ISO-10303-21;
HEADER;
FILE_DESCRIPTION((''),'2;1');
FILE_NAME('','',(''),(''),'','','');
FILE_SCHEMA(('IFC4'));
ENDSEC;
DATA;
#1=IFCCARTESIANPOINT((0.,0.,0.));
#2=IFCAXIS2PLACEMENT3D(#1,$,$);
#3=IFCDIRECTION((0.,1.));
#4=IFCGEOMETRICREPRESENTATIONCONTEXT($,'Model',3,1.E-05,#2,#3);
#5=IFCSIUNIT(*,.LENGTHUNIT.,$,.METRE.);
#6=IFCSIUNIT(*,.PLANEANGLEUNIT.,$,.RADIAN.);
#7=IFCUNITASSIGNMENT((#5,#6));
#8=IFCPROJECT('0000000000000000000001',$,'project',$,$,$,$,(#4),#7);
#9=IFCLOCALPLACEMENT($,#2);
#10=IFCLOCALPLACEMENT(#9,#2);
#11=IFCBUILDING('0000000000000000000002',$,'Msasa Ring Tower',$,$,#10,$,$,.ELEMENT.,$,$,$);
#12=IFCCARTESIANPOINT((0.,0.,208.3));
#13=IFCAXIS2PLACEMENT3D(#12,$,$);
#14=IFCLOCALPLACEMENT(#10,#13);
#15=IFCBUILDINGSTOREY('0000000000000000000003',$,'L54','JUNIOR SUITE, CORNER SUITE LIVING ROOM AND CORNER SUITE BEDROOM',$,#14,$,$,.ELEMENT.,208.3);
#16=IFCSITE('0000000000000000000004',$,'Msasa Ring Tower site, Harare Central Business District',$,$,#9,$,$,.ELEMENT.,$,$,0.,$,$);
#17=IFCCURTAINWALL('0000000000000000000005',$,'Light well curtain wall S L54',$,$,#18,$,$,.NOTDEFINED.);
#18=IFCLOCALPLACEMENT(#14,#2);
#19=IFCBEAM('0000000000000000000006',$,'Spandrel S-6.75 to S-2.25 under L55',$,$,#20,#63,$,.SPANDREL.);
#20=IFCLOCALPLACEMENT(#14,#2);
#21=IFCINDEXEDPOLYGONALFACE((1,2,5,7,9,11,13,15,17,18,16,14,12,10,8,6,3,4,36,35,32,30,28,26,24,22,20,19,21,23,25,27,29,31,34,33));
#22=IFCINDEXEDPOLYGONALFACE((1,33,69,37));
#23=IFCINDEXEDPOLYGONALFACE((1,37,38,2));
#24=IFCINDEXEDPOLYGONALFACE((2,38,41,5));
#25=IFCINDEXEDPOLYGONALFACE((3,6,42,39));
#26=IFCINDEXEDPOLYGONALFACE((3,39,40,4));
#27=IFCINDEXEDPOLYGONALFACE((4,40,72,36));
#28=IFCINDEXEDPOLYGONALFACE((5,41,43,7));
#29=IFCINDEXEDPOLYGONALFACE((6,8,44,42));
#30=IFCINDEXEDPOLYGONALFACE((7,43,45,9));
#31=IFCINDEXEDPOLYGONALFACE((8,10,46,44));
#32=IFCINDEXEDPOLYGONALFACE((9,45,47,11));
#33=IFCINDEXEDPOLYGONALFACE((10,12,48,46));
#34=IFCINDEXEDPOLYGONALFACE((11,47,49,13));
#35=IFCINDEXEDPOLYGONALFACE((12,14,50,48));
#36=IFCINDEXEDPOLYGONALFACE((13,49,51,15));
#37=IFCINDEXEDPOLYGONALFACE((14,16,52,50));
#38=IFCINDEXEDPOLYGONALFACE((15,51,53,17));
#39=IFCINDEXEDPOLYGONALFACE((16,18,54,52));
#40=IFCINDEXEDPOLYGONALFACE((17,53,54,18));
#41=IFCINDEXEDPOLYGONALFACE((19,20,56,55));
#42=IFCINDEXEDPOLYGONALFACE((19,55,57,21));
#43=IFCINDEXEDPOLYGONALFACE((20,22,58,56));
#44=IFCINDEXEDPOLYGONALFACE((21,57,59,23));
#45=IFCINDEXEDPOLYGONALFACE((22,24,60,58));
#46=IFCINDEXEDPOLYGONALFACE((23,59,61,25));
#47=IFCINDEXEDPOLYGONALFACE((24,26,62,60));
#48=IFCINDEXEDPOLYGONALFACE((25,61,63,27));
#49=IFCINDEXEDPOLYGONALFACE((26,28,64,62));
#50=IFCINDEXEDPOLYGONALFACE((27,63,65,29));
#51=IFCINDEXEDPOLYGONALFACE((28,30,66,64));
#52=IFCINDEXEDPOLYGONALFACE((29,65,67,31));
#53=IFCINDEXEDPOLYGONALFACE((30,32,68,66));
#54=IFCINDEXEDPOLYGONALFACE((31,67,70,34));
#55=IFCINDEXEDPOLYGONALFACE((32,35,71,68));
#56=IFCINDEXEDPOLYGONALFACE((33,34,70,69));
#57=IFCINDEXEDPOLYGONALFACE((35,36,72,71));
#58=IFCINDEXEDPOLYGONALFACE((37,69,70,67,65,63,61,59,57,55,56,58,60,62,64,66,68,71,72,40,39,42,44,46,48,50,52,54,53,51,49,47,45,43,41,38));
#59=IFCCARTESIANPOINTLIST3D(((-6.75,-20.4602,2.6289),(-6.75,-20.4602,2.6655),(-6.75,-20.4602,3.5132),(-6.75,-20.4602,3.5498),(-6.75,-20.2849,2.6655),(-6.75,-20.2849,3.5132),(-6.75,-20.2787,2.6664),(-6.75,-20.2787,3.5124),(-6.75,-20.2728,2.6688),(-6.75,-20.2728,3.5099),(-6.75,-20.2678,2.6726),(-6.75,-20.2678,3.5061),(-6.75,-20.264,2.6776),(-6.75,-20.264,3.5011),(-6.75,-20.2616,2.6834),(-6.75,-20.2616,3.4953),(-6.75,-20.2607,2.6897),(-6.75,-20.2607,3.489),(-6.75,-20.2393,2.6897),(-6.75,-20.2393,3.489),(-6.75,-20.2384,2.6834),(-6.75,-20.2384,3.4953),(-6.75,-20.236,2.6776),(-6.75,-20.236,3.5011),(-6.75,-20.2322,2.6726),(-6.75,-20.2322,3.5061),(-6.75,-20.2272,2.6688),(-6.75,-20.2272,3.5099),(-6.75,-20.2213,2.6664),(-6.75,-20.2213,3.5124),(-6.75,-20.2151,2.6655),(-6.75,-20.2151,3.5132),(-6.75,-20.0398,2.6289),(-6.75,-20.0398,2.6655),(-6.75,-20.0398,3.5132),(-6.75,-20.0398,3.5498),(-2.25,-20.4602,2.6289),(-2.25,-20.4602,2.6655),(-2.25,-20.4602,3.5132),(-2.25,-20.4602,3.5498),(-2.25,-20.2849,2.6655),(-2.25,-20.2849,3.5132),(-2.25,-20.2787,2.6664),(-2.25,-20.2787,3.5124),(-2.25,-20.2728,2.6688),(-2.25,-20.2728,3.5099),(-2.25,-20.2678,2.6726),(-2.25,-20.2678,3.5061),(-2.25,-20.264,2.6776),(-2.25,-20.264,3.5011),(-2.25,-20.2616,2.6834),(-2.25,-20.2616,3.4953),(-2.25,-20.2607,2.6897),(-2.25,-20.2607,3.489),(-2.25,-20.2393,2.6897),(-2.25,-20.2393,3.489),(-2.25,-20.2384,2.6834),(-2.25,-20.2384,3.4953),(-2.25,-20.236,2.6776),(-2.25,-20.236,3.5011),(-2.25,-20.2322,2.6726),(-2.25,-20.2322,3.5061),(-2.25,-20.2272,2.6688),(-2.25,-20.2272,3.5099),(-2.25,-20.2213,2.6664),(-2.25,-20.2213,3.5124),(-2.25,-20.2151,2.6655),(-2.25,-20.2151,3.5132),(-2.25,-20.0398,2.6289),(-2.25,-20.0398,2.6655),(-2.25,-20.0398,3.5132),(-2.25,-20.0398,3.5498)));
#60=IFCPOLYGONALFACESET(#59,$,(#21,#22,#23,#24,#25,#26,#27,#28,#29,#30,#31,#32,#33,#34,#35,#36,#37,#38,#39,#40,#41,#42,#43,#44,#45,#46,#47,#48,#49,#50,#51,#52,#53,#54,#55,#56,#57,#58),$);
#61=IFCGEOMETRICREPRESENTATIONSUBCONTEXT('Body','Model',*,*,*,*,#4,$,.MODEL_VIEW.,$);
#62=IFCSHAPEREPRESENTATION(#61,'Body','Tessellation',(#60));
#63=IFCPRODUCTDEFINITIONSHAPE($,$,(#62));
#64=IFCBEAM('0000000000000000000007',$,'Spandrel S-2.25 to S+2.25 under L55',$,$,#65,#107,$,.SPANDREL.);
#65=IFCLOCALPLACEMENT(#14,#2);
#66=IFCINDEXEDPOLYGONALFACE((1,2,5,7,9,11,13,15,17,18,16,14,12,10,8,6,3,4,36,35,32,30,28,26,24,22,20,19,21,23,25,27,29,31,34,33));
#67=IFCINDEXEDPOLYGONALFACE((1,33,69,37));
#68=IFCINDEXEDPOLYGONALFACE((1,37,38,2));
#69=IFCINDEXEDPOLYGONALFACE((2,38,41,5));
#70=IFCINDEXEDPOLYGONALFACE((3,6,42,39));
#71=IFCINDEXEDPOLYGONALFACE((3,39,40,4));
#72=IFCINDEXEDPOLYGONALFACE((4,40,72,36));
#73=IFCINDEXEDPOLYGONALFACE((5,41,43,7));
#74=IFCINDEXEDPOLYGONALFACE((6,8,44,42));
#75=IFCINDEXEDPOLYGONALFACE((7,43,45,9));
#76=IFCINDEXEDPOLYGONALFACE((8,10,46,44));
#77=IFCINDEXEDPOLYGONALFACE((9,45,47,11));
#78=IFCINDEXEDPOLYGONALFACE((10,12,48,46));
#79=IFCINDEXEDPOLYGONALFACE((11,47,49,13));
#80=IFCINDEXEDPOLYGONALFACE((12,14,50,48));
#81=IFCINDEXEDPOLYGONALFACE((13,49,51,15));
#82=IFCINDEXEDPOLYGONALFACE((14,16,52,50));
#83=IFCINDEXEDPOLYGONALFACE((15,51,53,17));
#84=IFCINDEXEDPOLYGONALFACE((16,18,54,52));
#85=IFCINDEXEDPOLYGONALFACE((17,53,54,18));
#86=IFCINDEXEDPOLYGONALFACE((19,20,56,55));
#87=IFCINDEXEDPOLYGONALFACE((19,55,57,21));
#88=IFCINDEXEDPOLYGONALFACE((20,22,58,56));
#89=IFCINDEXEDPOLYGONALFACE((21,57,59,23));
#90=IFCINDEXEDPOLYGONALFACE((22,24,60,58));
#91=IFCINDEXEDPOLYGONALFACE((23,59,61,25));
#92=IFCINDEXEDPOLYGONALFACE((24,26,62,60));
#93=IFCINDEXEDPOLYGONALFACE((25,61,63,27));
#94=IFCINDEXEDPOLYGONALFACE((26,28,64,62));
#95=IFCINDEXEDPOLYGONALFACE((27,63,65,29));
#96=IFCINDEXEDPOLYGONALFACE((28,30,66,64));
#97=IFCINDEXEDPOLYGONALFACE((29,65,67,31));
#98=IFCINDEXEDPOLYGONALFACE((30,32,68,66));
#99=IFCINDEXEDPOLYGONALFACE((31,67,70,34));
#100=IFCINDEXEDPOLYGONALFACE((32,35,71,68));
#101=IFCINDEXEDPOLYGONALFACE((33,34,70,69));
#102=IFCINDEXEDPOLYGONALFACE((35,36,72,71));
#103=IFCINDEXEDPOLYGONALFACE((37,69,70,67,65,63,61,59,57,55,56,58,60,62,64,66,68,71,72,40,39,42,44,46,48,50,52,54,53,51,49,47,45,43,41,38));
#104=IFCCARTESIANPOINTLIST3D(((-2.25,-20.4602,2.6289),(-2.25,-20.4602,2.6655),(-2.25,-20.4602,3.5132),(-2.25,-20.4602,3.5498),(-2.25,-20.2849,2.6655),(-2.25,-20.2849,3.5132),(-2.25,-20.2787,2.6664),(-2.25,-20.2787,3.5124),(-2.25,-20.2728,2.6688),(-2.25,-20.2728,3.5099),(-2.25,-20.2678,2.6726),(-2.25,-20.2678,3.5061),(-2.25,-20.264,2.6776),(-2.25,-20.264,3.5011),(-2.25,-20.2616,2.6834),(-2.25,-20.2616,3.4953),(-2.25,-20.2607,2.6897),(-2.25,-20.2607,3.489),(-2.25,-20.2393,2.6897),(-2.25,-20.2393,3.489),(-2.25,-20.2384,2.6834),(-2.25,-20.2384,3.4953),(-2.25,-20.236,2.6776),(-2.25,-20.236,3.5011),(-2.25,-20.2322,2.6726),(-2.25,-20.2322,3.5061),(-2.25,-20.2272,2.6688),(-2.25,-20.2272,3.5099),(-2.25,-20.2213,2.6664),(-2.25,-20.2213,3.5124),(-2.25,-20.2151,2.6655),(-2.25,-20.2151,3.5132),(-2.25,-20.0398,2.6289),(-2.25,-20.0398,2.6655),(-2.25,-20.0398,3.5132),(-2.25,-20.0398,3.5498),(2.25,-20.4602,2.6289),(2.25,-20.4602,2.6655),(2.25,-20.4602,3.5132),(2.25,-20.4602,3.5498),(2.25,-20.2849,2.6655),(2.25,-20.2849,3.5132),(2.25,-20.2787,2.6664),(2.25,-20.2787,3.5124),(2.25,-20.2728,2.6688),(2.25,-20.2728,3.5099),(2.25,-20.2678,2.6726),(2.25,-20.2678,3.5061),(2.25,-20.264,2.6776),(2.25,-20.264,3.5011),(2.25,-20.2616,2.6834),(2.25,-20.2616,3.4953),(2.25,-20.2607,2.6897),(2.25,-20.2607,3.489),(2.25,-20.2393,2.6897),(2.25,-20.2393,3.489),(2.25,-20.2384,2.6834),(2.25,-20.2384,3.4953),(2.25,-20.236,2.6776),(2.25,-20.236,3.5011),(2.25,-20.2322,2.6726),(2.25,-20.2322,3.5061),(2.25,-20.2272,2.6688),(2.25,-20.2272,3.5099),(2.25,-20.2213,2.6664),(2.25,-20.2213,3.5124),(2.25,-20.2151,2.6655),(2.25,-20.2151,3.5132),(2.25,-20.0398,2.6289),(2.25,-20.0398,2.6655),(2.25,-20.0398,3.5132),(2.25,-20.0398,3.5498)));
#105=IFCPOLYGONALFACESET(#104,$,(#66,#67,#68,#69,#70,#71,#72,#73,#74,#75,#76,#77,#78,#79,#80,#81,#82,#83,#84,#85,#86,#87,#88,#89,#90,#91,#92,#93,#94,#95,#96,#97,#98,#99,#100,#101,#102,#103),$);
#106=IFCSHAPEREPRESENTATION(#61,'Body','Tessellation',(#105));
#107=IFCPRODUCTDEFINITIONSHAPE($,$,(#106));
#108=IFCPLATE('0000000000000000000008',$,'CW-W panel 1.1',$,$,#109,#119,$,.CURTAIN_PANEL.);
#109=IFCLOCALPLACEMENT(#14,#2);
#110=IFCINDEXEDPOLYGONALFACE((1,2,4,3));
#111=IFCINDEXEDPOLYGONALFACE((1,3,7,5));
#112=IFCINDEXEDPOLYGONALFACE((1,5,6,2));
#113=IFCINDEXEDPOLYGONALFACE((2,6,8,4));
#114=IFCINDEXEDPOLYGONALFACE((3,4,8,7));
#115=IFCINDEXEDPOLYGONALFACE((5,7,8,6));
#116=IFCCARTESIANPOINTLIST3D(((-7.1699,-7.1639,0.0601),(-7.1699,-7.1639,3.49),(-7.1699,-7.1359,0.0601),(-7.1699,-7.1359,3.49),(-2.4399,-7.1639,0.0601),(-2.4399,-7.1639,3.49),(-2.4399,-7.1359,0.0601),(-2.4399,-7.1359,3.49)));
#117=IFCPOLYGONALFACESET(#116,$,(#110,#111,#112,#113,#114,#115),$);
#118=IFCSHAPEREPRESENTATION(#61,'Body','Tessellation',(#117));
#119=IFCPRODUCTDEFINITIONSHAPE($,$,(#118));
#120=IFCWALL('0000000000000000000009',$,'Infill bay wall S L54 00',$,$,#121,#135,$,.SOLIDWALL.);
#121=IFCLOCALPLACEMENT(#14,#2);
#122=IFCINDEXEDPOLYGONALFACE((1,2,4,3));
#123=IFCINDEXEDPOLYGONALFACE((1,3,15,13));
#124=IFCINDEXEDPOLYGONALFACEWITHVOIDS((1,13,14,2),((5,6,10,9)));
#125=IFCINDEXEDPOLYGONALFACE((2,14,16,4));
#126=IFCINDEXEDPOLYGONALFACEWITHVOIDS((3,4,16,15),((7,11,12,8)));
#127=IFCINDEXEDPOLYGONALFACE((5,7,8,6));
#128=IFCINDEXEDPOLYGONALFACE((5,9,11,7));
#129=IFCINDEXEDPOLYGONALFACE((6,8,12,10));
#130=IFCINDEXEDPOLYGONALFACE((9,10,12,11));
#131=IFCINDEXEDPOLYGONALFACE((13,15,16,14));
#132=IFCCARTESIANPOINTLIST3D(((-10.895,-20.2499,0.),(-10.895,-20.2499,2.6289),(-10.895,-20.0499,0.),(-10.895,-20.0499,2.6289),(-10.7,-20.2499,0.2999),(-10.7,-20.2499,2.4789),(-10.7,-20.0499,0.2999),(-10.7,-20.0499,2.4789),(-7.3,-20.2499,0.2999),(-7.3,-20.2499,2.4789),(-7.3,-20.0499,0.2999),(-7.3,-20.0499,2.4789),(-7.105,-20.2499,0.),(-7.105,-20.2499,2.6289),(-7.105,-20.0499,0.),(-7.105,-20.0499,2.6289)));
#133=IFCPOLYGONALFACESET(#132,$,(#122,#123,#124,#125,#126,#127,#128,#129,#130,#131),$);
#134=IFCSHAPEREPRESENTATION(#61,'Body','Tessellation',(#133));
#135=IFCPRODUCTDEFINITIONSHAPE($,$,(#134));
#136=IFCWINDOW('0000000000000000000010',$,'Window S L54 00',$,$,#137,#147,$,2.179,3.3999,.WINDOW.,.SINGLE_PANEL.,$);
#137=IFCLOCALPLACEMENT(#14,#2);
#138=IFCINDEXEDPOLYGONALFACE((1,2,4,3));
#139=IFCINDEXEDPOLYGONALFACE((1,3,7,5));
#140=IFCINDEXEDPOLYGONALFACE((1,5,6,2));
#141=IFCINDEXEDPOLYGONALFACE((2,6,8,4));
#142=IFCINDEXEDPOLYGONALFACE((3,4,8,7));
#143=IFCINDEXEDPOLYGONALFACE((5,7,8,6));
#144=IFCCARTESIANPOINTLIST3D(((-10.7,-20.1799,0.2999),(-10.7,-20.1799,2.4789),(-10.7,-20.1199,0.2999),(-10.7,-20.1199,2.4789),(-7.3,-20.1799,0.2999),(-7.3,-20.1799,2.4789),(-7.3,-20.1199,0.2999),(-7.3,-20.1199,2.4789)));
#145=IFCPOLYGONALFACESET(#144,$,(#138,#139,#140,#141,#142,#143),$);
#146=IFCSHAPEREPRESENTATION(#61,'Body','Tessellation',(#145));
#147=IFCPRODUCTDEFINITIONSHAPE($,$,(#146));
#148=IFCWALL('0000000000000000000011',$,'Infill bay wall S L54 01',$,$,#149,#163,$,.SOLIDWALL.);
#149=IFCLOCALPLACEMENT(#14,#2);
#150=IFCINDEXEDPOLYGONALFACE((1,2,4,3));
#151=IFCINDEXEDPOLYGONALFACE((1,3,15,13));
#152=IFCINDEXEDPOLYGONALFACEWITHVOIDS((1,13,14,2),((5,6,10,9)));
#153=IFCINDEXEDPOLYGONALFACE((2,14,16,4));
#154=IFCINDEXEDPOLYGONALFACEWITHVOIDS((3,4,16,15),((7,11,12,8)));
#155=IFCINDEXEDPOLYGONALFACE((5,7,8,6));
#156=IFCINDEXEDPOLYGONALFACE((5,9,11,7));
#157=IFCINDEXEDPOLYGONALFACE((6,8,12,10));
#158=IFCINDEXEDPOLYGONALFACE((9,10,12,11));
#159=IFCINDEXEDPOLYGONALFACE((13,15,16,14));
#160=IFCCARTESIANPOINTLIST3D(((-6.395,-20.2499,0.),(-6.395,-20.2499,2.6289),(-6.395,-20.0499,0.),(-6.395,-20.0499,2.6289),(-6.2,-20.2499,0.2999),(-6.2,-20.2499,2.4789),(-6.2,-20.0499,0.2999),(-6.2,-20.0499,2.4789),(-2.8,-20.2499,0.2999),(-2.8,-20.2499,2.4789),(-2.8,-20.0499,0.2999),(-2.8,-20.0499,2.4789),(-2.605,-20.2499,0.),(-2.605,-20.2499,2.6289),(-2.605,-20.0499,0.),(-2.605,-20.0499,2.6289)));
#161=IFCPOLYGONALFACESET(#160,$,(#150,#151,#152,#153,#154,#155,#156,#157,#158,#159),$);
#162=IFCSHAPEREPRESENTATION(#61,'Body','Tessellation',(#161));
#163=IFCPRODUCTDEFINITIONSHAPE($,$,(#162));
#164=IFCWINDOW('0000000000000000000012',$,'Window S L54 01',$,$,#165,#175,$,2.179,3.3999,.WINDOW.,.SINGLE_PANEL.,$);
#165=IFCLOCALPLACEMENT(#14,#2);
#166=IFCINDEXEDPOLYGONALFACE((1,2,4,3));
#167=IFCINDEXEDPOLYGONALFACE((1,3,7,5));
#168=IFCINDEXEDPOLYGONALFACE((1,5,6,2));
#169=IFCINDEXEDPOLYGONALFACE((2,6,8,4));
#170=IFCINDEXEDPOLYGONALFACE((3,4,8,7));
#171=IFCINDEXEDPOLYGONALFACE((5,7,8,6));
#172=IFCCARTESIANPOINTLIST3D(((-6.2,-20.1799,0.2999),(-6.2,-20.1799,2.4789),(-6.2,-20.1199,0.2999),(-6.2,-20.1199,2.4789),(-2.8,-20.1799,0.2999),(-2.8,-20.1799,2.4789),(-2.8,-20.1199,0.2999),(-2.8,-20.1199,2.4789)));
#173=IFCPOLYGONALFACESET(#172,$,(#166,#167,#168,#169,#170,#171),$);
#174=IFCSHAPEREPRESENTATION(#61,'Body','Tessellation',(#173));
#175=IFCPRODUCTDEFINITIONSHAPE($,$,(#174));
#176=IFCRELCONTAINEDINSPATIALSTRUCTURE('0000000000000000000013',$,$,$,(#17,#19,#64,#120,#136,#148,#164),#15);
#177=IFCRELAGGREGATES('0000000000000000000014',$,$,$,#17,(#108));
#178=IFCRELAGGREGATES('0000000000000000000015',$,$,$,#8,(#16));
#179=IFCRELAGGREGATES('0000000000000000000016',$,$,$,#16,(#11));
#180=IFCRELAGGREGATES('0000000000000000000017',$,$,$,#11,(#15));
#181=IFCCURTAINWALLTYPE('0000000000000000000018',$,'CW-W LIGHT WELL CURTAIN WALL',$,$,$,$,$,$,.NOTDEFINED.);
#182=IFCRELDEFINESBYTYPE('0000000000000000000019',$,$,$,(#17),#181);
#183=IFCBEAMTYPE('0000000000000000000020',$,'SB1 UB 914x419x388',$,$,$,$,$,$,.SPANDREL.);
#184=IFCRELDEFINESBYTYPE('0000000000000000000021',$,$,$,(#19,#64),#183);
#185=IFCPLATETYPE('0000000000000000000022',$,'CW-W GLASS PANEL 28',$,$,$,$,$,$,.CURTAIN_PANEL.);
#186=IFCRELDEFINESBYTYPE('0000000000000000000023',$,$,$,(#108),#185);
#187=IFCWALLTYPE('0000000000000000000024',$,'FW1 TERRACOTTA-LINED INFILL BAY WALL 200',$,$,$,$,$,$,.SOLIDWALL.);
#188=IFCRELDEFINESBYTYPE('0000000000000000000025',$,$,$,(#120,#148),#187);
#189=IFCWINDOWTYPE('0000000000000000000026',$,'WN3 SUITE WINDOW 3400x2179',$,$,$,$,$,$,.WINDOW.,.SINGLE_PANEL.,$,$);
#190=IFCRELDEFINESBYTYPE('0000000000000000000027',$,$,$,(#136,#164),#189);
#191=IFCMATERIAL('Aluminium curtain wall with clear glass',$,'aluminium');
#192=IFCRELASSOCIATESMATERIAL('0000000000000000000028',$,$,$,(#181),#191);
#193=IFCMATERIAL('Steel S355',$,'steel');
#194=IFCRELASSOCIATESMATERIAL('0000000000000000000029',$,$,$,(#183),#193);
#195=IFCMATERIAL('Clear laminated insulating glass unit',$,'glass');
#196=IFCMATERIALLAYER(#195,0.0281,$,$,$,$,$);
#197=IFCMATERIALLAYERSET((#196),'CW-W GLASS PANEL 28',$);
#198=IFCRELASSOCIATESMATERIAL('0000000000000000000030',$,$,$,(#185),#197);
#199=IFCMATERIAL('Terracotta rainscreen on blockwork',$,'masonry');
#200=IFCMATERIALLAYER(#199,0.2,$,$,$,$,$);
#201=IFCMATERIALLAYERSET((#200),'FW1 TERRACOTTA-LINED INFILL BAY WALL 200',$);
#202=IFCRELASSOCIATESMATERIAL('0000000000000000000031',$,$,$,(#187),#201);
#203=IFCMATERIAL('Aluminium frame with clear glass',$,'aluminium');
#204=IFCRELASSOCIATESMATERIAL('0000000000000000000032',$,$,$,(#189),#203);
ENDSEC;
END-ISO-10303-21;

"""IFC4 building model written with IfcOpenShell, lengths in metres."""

from ifc_helpers import new_model, si_unit, direction, frame, frame_2d, origin, origin_2d, place, context, subcontext, project, spatial, rectangle, i_section, extrude, material, layer, layer_set, material_profile, profile_set, type_object, element, fill, aggregate, save


model = new_model("IFC4")

# Units and contexts
model_context = context("Model", 3, precision=1e-05, world=origin(), true_north=direction((0.0, 1.0)))
body_context = subcontext(model_context, "Body", "Model", "MODEL_VIEW")
ifc_project = project(units=[si_unit("LENGTHUNIT", "METRE"), si_unit("PLANEANGLEUNIT", "RADIAN")], contexts=[model_context])

# Site, building, storey
site_placement = place(None, origin())
site = spatial("IfcSite", under=ifc_project, at=site_placement, Name="Msasa Ring Tower site, Harare Central Business District", CompositionType="ELEMENT", RefElevation=0.0)
building_placement = place(site_placement, origin())
building = spatial("IfcBuilding", under=site, at=building_placement, Name="Msasa Ring Tower", CompositionType="ELEMENT")
storey_placement = place(building_placement, frame((0.0, 0.0, 208.3)))
storey = spatial("IfcBuildingStorey", under=building, at=storey_placement, Name="L54", Description="JUNIOR SUITE, CORNER SUITE LIVING ROOM AND CORNER SUITE BEDROOM", CompositionType="ELEMENT", Elevation=208.3)

# Curtain wall
ifc_material_1 = material(Name="Aluminium curtain wall with clear glass", Category="aluminium")
curtain_wall_type = type_object("IfcCurtainWallType", Name="CW-W LIGHT WELL CURTAIN WALL", PredefinedType="NOTDEFINED", material=ifc_material_1)
curtain_wall_placement = place(storey_placement, origin())
curtain_wall = element("IfcCurtainWall", 1, at=curtain_wall_placement, inside=storey, type_object=curtain_wall_type, Name="Light well curtain wall S L54", PredefinedType="NOTDEFINED")

# Beams
ifc_material_2 = material(Name="Steel S355", Category="steel")
ifc_material_profile_1 = material_profile(ifc_material_2, i_section(OverallWidth=0.4204, OverallDepth=0.9209, WebThickness=0.0215, FlangeThickness=0.0366, FilletRadius=0.0242, at=origin_2d()), Name="UB 914x419x388")
ifc_profile_set_1 = profile_set([ifc_material_profile_1], Name="Steel S355")
beam_type_1 = type_object("IfcBeamType", Name="SB1 UB 914x419x388", PredefinedType="SPANDREL", material=ifc_profile_set_1)
for number, where, z_axis, x_axis, name in (
    (2, (-6.75, -20.25, 3.0894), (1.0, 0.0, 0.0), (0.0, 1.0, 0.0), "Spandrel S-6.75 to S-2.25 under L55"),
    (3, (-2.25, -20.25, 3.0894), (1.0, 0.0, 0.0), (0.0, 1.0, 0.0), "Spandrel S-2.25 to S+2.25 under L55"),
):
    element("IfcBeam", number, at=place(storey_placement, frame(where, z_axis=z_axis, x_axis=x_axis)), inside=storey, type_object=beam_type_1, Name=name, PredefinedType="SPANDREL", context=body_context, shape_type="SweptSolid", body=[
        extrude(i_section(OverallWidth=0.4204, OverallDepth=0.9209, WebThickness=0.0215, FlangeThickness=0.0366, FilletRadius=0.0242, at=origin_2d()), origin(), (0.0, 0.0, 1.0), 4.5),
    ])

# Plate
ifc_material_3 = material(Name="Clear laminated insulating glass unit", Category="glass")
ifc_layer_1 = layer(ifc_material_3, 0.0281)
ifc_layer_set_1 = layer_set([ifc_layer_1], Name="CW-W GLASS PANEL 28")
plate_type = type_object("IfcPlateType", Name="CW-W GLASS PANEL 28", PredefinedType="CURTAIN_PANEL", material=ifc_layer_set_1)
plate_placement = place(storey_placement, frame((-4.8049, -7.1499, 0.0601), z_axis=(0.0, 0.0, 1.0), x_axis=(1.0, 0.0, 0.0)))
plate = element("IfcPlate", 4, at=plate_placement, type_object=plate_type, Name="CW-W panel 1.1", PredefinedType="CURTAIN_PANEL", context=body_context, shape_type="SweptSolid", body=[
    extrude(rectangle(XDim=4.73, YDim=0.0281, at=origin_2d()), origin(), (0.0, 0.0, 1.0), 3.4299),
])
aggregate(curtain_wall, [plate])

# Walls, openings, windows
ifc_material_4 = material(Name="Terracotta rainscreen on blockwork", Category="masonry")
ifc_layer_2 = layer(ifc_material_4, 0.2)
ifc_layer_set_2 = layer_set([ifc_layer_2], Name="FW1 TERRACOTTA-LINED INFILL BAY WALL 200")
wall_type_1 = type_object("IfcWallType", Name="FW1 TERRACOTTA-LINED INFILL BAY WALL 200", PredefinedType="SOLIDWALL", material=ifc_layer_set_2)
wall_1_placement = place(storey_placement, frame((-10.895, -20.1499, 0.0), z_axis=(0.0, 0.0, 1.0), x_axis=(1.0, 0.0, 0.0)))
wall_1 = element("IfcWall", 5, at=wall_1_placement, inside=storey, type_object=wall_type_1, Name="Infill bay wall S L54 00", PredefinedType="SOLIDWALL", context=body_context, shape_type="SweptSolid", body=[
    extrude(rectangle(XDim=3.79, YDim=0.2, at=frame_2d((1.895, 0.0))), origin(), (0.0, 0.0, 1.0), 2.6289),
])
opening_1_placement = place(wall_1_placement, frame((0.1951, 0.0, 0.3)))
opening_1 = element("IfcOpeningElement", 6, at=opening_1_placement, cuts=wall_1, PredefinedType="OPENING", context=body_context, shape_type="SweptSolid", body=[
    extrude(rectangle(XDim=3.3999, YDim=2.179, at=frame_2d((1.7, 1.0894))), frame((0.0, 0.1099, 0.0), z_axis=(0.0, -1.0, 0.0), x_axis=(1.0, 0.0, 0.0)), (0.0, 0.0, 1.0), 0.22),
])
ifc_material_5 = material(Name="Aluminium frame with clear glass", Category="aluminium")
window_type = type_object("IfcWindowType", Name="WN3 SUITE WINDOW 3400x2179", PartitioningType="SINGLE_PANEL", PredefinedType="WINDOW", material=ifc_material_5)
window_1_placement = place(opening_1_placement, origin())
window_1 = element("IfcWindow", 7, at=window_1_placement, inside=storey, type_object=window_type, Name="Window S L54 00", OverallHeight=2.179, OverallWidth=3.3999, PartitioningType="SINGLE_PANEL", PredefinedType="WINDOW", context=body_context, shape_type="SweptSolid", body=[
    extrude(rectangle(XDim=3.3999, YDim=2.179, at=frame_2d((1.7, 1.0894))), frame((0.0, 0.03, 0.0), z_axis=(0.0, -1.0, 0.0), x_axis=(1.0, 0.0, 0.0)), (0.0, 0.0, 1.0), 0.0601),
])
fill(opening_1, window_1)
wall_2_placement = place(storey_placement, frame((-6.395, -20.1499, 0.0), z_axis=(0.0, 0.0, 1.0), x_axis=(1.0, 0.0, 0.0)))
wall_2 = element("IfcWall", 8, at=wall_2_placement, inside=storey, type_object=wall_type_1, Name="Infill bay wall S L54 01", PredefinedType="SOLIDWALL", context=body_context, shape_type="SweptSolid", body=[
    extrude(rectangle(XDim=3.79, YDim=0.2, at=frame_2d((1.895, 0.0))), origin(), (0.0, 0.0, 1.0), 2.6289),
])
opening_2_placement = place(wall_2_placement, frame((0.1951, 0.0, 0.3)))
opening_2 = element("IfcOpeningElement", 9, at=opening_2_placement, cuts=wall_2, PredefinedType="OPENING", context=body_context, shape_type="SweptSolid", body=[
    extrude(rectangle(XDim=3.3999, YDim=2.179, at=frame_2d((1.7, 1.0894))), frame((0.0, 0.1099, 0.0), z_axis=(0.0, -1.0, 0.0), x_axis=(1.0, 0.0, 0.0)), (0.0, 0.0, 1.0), 0.22),
])
window_2_placement = place(opening_2_placement, origin())
window_2 = element("IfcWindow", 10, at=window_2_placement, inside=storey, type_object=window_type, Name="Window S L54 01", OverallHeight=2.179, OverallWidth=3.3999, PartitioningType="SINGLE_PANEL", PredefinedType="WINDOW", context=body_context, shape_type="SweptSolid", body=[
    extrude(rectangle(XDim=3.3999, YDim=2.179, at=frame_2d((1.7, 1.0894))), frame((0.0, 0.03, 0.0), z_axis=(0.0, -1.0, 0.0), x_axis=(1.0, 0.0, 0.0)), (0.0, 0.0, 1.0), 0.0601),
])
fill(opening_2, window_2)

save(model, "model.ifc")
